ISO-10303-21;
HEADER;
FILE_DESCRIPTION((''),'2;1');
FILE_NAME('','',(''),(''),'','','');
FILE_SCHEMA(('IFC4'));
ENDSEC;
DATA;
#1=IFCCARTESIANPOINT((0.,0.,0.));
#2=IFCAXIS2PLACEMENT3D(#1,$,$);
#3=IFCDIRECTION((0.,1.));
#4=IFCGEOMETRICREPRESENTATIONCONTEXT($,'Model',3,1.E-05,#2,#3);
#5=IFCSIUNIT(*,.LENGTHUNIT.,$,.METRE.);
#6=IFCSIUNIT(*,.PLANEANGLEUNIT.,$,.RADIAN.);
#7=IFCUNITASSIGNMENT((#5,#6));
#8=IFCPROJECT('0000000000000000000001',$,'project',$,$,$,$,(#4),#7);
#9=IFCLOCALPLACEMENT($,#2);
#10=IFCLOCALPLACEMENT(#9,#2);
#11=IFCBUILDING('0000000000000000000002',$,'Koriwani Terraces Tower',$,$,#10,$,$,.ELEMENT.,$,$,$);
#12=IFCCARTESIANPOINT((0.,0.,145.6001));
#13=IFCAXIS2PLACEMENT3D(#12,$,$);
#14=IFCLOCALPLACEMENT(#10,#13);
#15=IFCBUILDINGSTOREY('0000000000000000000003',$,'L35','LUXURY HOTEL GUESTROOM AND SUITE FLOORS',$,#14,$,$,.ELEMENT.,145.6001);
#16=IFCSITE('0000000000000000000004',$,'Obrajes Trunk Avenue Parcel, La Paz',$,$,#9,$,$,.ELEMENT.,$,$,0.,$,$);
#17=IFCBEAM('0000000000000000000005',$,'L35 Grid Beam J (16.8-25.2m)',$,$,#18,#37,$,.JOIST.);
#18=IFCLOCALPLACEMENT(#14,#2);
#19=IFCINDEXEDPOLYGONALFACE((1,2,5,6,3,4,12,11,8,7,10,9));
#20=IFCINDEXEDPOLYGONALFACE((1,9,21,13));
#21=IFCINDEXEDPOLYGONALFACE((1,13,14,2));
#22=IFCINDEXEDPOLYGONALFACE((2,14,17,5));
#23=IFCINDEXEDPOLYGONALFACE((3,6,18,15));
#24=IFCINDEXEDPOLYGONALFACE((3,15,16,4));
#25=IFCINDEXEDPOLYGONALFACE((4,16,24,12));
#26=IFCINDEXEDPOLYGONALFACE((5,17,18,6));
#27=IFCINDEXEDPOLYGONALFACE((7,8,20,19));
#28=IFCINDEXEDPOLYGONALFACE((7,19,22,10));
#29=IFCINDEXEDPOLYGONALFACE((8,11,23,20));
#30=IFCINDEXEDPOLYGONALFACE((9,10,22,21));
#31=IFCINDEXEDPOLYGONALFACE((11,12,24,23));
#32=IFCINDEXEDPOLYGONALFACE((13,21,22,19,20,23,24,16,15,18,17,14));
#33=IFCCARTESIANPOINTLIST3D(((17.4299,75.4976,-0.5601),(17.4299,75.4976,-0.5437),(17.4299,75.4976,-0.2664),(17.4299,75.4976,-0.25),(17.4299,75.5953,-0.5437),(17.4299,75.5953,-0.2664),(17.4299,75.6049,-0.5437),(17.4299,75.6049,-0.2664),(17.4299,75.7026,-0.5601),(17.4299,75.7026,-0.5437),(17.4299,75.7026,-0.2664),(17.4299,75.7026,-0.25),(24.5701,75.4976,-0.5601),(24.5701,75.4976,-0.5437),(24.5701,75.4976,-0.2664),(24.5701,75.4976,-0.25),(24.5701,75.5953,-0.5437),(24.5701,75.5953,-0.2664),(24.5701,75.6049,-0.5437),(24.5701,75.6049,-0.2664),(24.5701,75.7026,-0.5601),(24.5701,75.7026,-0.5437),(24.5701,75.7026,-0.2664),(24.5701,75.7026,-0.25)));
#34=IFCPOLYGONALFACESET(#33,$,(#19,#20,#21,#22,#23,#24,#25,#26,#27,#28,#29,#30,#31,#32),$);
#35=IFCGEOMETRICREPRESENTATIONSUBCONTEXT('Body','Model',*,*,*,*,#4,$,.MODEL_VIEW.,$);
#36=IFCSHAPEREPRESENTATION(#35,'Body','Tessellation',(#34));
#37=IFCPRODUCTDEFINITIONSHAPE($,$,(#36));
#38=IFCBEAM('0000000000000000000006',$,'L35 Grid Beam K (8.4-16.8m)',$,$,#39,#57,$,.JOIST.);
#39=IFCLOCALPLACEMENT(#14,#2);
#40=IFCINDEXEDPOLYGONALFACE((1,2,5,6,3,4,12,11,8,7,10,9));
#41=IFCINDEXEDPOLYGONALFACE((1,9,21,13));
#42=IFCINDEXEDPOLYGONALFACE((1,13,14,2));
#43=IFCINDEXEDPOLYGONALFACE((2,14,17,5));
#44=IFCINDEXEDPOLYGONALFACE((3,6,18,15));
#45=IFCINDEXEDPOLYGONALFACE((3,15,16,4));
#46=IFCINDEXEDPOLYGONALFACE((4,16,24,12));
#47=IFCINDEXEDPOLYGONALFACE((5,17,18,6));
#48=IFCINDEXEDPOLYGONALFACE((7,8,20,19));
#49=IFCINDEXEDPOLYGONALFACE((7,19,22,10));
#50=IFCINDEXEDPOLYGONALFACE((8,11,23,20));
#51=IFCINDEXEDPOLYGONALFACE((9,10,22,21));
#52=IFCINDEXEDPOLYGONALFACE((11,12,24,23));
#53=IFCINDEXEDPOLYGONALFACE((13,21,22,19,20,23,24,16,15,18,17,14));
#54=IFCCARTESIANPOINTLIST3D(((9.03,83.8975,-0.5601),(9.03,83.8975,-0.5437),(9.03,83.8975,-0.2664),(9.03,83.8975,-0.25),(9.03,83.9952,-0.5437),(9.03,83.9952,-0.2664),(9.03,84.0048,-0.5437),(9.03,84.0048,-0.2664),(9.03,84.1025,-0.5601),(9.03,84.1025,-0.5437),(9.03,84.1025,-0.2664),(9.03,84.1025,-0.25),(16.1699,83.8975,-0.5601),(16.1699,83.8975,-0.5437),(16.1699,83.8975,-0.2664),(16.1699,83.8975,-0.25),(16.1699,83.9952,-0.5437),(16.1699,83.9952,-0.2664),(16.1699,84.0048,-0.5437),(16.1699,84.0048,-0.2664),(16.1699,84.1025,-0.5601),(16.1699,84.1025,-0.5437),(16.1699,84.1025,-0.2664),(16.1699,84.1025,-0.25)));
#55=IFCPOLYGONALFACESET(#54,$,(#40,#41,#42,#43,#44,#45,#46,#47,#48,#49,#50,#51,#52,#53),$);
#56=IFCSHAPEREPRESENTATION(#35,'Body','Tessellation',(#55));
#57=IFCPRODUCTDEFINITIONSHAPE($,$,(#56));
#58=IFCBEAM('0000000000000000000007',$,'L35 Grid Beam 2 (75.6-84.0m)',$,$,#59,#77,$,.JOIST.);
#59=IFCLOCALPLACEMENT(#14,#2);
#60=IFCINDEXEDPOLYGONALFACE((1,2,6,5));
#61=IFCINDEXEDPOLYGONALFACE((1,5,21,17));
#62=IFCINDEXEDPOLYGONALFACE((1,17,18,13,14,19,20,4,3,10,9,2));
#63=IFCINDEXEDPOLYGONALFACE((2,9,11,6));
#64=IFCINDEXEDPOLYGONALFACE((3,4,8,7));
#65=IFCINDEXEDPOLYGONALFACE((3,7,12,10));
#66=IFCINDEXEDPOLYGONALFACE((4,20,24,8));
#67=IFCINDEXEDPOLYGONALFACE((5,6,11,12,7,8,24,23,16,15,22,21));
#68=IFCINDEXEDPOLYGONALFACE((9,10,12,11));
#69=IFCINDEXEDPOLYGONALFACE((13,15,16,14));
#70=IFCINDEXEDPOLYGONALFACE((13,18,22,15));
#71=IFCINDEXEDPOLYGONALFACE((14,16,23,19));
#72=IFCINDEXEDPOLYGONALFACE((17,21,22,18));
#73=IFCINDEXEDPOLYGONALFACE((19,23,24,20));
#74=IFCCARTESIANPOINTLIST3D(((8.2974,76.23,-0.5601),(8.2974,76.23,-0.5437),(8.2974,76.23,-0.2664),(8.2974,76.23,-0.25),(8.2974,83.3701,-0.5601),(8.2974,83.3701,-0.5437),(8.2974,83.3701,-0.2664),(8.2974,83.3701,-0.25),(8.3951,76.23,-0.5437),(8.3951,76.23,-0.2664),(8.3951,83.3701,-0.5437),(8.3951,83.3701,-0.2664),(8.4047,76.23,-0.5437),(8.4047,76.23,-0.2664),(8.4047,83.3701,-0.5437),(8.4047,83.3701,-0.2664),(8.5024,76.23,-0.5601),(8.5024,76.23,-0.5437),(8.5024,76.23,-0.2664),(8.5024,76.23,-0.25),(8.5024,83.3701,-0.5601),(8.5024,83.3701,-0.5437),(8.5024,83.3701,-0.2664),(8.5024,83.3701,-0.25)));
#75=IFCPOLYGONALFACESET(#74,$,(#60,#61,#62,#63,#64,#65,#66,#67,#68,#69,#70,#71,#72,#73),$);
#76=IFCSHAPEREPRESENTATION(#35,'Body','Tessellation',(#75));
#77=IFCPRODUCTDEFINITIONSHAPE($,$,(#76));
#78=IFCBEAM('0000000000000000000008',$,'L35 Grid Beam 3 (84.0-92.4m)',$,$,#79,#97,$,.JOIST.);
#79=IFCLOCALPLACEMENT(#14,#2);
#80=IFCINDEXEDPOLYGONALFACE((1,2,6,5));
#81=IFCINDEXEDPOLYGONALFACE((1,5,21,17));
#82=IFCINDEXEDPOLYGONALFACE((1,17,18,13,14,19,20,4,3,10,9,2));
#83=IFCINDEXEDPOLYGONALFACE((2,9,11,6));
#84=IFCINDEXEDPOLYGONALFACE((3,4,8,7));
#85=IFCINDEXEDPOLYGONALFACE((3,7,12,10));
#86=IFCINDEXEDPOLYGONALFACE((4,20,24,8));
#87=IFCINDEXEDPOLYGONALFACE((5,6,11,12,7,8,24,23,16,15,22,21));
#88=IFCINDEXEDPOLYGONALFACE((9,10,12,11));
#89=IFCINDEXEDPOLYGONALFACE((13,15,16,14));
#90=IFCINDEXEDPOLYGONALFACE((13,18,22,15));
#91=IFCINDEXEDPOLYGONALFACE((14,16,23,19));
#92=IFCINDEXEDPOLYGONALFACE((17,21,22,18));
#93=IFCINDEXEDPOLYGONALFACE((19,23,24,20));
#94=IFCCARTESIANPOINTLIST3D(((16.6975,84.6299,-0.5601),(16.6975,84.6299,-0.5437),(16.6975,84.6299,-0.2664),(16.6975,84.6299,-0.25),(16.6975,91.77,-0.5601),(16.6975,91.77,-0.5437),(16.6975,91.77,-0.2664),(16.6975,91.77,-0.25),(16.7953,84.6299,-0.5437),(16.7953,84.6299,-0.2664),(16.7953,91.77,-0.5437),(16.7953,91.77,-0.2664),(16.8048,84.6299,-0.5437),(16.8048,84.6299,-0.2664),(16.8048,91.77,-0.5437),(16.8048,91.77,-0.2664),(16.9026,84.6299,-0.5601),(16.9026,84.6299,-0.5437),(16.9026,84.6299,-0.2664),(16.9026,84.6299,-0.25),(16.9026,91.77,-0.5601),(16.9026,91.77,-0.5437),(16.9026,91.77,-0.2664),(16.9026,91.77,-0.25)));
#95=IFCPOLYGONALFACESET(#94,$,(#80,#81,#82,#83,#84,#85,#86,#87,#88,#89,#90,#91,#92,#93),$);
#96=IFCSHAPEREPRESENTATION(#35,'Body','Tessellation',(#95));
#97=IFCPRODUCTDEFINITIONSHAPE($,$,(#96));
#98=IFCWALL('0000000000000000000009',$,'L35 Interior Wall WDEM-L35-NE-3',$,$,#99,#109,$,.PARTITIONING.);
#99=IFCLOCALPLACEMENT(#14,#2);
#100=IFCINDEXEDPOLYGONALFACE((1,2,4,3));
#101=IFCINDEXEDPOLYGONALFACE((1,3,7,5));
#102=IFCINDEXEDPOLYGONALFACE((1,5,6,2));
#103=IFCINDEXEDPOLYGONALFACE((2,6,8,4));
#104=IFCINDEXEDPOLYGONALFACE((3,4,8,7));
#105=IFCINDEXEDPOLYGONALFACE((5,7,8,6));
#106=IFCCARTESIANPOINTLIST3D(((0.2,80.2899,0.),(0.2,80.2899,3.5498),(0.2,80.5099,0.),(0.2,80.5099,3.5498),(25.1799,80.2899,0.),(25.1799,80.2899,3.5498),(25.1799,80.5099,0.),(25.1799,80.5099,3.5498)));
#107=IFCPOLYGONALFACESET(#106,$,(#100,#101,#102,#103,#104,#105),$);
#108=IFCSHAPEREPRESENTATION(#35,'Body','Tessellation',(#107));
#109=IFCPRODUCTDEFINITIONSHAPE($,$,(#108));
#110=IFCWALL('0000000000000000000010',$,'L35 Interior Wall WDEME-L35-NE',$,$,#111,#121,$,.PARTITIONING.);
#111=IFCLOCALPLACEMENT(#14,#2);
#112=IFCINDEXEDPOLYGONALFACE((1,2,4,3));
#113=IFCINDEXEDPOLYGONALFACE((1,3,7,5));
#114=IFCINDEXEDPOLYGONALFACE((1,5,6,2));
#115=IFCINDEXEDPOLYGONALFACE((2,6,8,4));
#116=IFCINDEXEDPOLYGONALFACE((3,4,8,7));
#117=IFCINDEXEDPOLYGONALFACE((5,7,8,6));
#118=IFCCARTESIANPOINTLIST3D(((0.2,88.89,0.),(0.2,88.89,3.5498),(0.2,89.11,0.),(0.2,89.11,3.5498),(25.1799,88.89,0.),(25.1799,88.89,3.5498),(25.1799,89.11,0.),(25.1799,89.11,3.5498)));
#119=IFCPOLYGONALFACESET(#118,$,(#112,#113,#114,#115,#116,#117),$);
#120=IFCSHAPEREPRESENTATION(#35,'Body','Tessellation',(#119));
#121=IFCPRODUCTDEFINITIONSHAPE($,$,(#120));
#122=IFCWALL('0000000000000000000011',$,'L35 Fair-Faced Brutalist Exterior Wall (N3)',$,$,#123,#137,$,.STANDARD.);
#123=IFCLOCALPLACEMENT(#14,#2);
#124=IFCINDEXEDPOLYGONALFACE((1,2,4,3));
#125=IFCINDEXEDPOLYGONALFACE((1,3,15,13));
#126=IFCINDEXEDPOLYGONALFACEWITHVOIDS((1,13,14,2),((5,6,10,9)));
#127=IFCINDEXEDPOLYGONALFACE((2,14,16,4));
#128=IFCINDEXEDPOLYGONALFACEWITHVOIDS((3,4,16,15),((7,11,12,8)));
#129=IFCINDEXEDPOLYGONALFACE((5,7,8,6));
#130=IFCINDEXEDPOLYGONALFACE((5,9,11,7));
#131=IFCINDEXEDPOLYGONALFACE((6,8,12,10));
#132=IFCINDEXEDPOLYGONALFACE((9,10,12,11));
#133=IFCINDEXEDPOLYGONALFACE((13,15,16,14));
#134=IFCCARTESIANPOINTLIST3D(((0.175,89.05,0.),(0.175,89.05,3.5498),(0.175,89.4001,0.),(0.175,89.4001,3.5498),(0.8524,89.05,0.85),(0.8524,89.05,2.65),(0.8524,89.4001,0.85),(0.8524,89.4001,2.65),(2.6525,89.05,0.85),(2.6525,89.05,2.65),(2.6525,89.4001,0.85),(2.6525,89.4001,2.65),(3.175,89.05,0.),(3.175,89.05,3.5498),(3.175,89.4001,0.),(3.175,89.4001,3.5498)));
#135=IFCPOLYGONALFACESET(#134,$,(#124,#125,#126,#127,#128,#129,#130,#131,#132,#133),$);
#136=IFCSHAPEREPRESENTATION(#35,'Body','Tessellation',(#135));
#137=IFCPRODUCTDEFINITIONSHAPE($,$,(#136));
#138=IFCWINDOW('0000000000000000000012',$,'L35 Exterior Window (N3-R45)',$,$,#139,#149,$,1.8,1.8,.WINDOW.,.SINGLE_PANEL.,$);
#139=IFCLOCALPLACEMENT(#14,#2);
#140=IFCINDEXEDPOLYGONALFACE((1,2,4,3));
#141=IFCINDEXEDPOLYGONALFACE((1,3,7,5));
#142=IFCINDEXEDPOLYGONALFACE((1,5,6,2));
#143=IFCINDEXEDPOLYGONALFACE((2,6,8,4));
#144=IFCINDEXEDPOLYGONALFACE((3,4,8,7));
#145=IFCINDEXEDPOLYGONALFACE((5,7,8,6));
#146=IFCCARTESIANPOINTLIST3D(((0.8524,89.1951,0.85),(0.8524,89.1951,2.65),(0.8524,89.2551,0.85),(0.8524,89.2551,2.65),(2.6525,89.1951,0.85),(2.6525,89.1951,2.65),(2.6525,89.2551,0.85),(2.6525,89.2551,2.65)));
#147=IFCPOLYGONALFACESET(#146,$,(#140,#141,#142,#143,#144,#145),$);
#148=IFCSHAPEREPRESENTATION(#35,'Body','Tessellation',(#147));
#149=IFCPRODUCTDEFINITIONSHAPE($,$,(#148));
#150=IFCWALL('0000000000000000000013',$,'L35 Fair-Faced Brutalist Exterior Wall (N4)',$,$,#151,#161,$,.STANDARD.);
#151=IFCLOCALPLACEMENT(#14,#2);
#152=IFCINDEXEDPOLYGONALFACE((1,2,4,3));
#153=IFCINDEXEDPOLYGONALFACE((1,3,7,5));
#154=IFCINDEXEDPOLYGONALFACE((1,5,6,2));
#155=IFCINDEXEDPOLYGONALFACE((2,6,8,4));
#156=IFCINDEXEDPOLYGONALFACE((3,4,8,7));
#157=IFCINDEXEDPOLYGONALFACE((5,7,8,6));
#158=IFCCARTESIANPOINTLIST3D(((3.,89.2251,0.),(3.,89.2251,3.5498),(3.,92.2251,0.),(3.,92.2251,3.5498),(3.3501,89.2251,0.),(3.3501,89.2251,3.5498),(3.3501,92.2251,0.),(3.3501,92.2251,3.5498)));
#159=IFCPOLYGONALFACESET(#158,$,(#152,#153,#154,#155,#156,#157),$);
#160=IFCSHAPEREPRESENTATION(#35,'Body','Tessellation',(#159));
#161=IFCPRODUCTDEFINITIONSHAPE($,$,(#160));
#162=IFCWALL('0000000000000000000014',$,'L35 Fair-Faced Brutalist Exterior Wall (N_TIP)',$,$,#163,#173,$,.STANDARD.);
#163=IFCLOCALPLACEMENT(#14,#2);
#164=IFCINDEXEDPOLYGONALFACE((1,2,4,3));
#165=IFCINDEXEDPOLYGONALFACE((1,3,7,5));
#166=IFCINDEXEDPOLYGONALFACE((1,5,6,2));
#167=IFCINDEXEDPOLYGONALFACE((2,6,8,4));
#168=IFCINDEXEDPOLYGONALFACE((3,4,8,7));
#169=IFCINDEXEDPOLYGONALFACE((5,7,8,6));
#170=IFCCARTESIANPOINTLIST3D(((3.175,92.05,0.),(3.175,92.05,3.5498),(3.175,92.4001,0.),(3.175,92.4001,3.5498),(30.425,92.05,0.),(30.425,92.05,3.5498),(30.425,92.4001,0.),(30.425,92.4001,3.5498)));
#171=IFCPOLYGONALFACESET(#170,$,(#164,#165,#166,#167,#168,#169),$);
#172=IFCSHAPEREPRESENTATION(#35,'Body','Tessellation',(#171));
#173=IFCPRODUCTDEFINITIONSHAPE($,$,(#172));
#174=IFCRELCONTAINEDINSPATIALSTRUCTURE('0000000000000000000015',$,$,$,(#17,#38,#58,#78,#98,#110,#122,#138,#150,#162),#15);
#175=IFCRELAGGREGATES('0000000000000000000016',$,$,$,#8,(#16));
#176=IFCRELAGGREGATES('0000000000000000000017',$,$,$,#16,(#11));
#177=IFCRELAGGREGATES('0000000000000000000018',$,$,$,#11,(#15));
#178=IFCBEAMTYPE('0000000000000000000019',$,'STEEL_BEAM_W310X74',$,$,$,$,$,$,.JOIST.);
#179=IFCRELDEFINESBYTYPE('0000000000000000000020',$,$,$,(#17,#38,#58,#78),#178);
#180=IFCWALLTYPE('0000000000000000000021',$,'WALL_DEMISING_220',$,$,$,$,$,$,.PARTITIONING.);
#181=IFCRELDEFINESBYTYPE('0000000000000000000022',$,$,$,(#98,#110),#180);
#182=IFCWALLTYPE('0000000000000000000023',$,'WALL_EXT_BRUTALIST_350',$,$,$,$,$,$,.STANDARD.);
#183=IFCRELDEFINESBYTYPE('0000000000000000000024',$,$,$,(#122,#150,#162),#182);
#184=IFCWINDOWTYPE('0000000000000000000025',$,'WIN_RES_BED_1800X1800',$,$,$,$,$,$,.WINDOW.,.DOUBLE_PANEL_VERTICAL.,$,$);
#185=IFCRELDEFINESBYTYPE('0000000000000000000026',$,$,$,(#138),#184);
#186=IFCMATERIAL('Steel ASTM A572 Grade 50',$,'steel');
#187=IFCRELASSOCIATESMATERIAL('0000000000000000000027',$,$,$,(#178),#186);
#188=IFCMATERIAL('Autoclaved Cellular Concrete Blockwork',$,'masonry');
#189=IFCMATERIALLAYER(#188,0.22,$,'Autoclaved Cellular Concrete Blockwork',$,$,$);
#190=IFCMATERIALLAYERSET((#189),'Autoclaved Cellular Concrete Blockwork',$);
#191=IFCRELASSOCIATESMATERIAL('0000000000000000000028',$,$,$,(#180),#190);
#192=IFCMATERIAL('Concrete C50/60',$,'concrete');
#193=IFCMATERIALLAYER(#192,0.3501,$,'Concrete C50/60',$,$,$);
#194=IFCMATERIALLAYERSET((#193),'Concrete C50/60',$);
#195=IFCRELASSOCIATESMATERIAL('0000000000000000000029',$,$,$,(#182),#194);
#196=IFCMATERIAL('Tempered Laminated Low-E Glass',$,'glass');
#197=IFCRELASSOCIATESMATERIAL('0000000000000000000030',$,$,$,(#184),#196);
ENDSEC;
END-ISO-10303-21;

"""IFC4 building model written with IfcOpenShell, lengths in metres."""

from ifc_helpers import new_model, si_unit, direction, frame, frame_2d, origin, origin_2d, place, context, subcontext, project, spatial, rectangle, i_section, extrude, material, layer, layer_set, material_profile, profile_set, type_object, element, fill, save


model = new_model("IFC4")

# Units and contexts
model_context = context("Model", 3, precision=1e-05, world=origin(), true_north=direction((0.0, 1.0)))
body_context = subcontext(model_context, "Body", "Model", "MODEL_VIEW")
ifc_project = project(units=[si_unit("LENGTHUNIT", "METRE"), si_unit("PLANEANGLEUNIT", "RADIAN")], contexts=[model_context])

# Site, building, storey
site_placement = place(None, origin())
site = spatial("IfcSite", under=ifc_project, at=site_placement, Name="Obrajes Trunk Avenue Parcel, La Paz", CompositionType="ELEMENT", RefElevation=0.0)
building_placement = place(site_placement, origin())
building = spatial("IfcBuilding", under=site, at=building_placement, Name="Koriwani Terraces Tower", CompositionType="ELEMENT")
storey_placement = place(building_placement, frame((0.0, 0.0, 145.6001)))
storey = spatial("IfcBuildingStorey", under=building, at=storey_placement, Name="L35", Description="LUXURY HOTEL GUESTROOM AND SUITE FLOORS", CompositionType="ELEMENT", Elevation=145.6001)

# Beams
ifc_material_1 = material(Name="Concrete C50/60", Category="concrete")
ifc_material_2 = material(Name="Steel ASTM A572 Grade 50", Category="steel")
ifc_material_profile_1 = material_profile(ifc_material_2, i_section(OverallWidth=0.2051, OverallDepth=0.3101, WebThickness=0.0095, FlangeThickness=0.0164, at=origin_2d()), Name="Steel ASTM A572 Grade 50", Category="LoadBearing")
ifc_profile_set_1 = profile_set([ifc_material_profile_1], Name="Steel ASTM A572 Grade 50")
beam_type_1 = type_object("IfcBeamType", Name="STEEL_BEAM_W310X74", PredefinedType="JOIST", material=ifc_profile_set_1)
for number, where, z_axis, x_axis, name in (
    (1, (17.4299, 75.6001, -0.405), (1.0, 0.0, 0.0), (0.0, 1.0, 0.0), "L35 Grid Beam J (16.8-25.2m)"),
):
    element("IfcBeam", number, at=place(storey_placement, frame(where, z_axis=z_axis, x_axis=x_axis)), inside=storey, type_object=beam_type_1, Name=name, PredefinedType="JOIST", context=body_context, shape_type="SweptSolid", body=[
        extrude(i_section(OverallWidth=0.2051, OverallDepth=0.3101, WebThickness=0.0095, FlangeThickness=0.0164, at=origin_2d()), origin(), (0.0, 0.0, 1.0), 7.1401),
    ])
beam_1_placement = place(storey_placement, frame((9.03, 84.0, -0.405), z_axis=(1.0, 0.0, 0.0), x_axis=(0.0, 1.0, 0.0)))
element("IfcBeam", 2, at=beam_1_placement, inside=storey, type_object=beam_type_1, Name="L35 Grid Beam K (8.4-16.8m)", PredefinedType="JOIST", context=body_context, shape_type="SweptSolid", body=[
    extrude(i_section(OverallWidth=0.2051, OverallDepth=0.3101, WebThickness=0.0095, FlangeThickness=0.0164, at=origin_2d()), origin(), (0.0, 0.0, 1.0), 7.1399),
])
for number, where, z_axis, x_axis, name in (
    (3, (8.3999, 76.23, -0.405), (0.0, 1.0, 0.0), (-1.0, 0.0, 0.0), "L35 Grid Beam 2 (75.6-84.0m)"),
    (4, (16.8, 84.6299, -0.405), (0.0, 1.0, 0.0), (-1.0, 0.0, 0.0), "L35 Grid Beam 3 (84.0-92.4m)"),
):
    element("IfcBeam", number, at=place(storey_placement, frame(where, z_axis=z_axis, x_axis=x_axis)), inside=storey, type_object=beam_type_1, Name=name, PredefinedType="JOIST", context=body_context, shape_type="SweptSolid", body=[
        extrude(i_section(OverallWidth=0.2051, OverallDepth=0.3101, WebThickness=0.0095, FlangeThickness=0.0164, at=origin_2d()), origin(), (0.0, 0.0, 1.0), 7.1401),
    ])

# Walls
ifc_material_3 = material(Name="Autoclaved Cellular Concrete Blockwork", Category="masonry")
ifc_layer_1 = layer(ifc_material_3, 0.22, Name="Autoclaved Cellular Concrete Blockwork")
ifc_layer_set_1 = layer_set([ifc_layer_1], Name="Autoclaved Cellular Concrete Blockwork")
wall_type_1 = type_object("IfcWallType", Name="WALL_DEMISING_220", PredefinedType="PARTITIONING", material=ifc_layer_set_1)
for number, where, z_axis, x_axis, name in (
    (5, (0.2, 80.3999, 0.0), (0.0, 0.0, 1.0), (1.0, 0.0, 0.0), "L35 Interior Wall WDEM-L35-NE-3"),
    (6, (0.2, 89.0, 0.0), (0.0, 0.0, 1.0), (1.0, 0.0, 0.0), "L35 Interior Wall WDEME-L35-NE"),
):
    element("IfcWall", number, at=place(storey_placement, frame(where, z_axis=z_axis, x_axis=x_axis)), inside=storey, type_object=wall_type_1, Name=name, PredefinedType="PARTITIONING", context=body_context, shape_type="SweptSolid", body=[
        extrude(rectangle(XDim=24.98, YDim=0.22, at=frame_2d((12.49, 0.0))), origin(), (0.0, 0.0, 1.0), 3.5498),
    ])

# Wall, opening, window
ifc_layer_2 = layer(ifc_material_1, 0.3501, Name="Concrete C50/60")
ifc_layer_set_2 = layer_set([ifc_layer_2], Name="Concrete C50/60")
wall_type_2 = type_object("IfcWallType", Name="WALL_EXT_BRUTALIST_350", PredefinedType="STANDARD", material=ifc_layer_set_2)
wall_1_placement = place(storey_placement, frame((0.175, 89.2251, 0.0), z_axis=(0.0, 0.0, 1.0), x_axis=(1.0, 0.0, 0.0)))
wall_1 = element("IfcWall", 7, at=wall_1_placement, inside=storey, type_object=wall_type_2, Name="L35 Fair-Faced Brutalist Exterior Wall (N3)", PredefinedType="STANDARD", context=body_context, shape_type="SweptSolid", body=[
    extrude(rectangle(XDim=3.0, YDim=0.3501, at=frame_2d((1.5, 0.0))), origin(), (0.0, 0.0, 1.0), 3.5498),
])
opening_placement = place(wall_1_placement, frame((0.6775, 0.0, 0.8501)))
opening = element("IfcOpeningElement", 8, at=opening_placement, cuts=wall_1, PredefinedType="OPENING", context=body_context, shape_type="SweptSolid", body=[
    extrude(rectangle(XDim=1.8, YDim=1.8, at=frame_2d((0.8999, 0.8999))), frame((0.0, 0.1851, 0.0), z_axis=(0.0, -1.0, 0.0), x_axis=(1.0, 0.0, 0.0)), (0.0, 0.0, 1.0), 0.3701),
])
ifc_material_4 = material(Name="Tempered Laminated Low-E Glass", Category="glass")
window_type = type_object("IfcWindowType", Name="WIN_RES_BED_1800X1800", PartitioningType="DOUBLE_PANEL_VERTICAL", PredefinedType="WINDOW", material=ifc_material_4)
window_placement = place(opening_placement, origin())
window = element("IfcWindow", 9, at=window_placement, inside=storey, type_object=window_type, Name="L35 Exterior Window (N3-R45)", OverallHeight=1.8, OverallWidth=1.8, PartitioningType="SINGLE_PANEL", PredefinedType="WINDOW", context=body_context, shape_type="SweptSolid", body=[
    extrude(rectangle(XDim=1.8, YDim=1.8, at=frame_2d((0.8999, 0.8999))), frame((0.0, 0.03, 0.0), z_axis=(0.0, -1.0, 0.0), x_axis=(1.0, 0.0, 0.0)), (0.0, 0.0, 1.0), 0.0601),
])
fill(opening, window)

# Walls
wall_2_placement = place(storey_placement, frame((3.175, 89.2251, 0.0), z_axis=(0.0, 0.0, 1.0), x_axis=(0.0, 1.0, 0.0)))
element("IfcWall", 10, at=wall_2_placement, inside=storey, type_object=wall_type_2, Name="L35 Fair-Faced Brutalist Exterior Wall (N4)", PredefinedType="STANDARD", context=body_context, shape_type="SweptSolid", body=[
    extrude(rectangle(XDim=3.0, YDim=0.3501, at=frame_2d((1.5, 0.0))), origin(), (0.0, 0.0, 1.0), 3.5498),
])
wall_3_placement = place(storey_placement, frame((3.175, 92.2251, 0.0), z_axis=(0.0, 0.0, 1.0), x_axis=(1.0, 0.0, 0.0)))
element("IfcWall", 11, at=wall_3_placement, inside=storey, type_object=wall_type_2, Name="L35 Fair-Faced Brutalist Exterior Wall (N_TIP)", PredefinedType="STANDARD", context=body_context, shape_type="SweptSolid", body=[
    extrude(rectangle(XDim=27.25, YDim=0.3501, at=frame_2d((13.625, 0.0))), origin(), (0.0, 0.0, 1.0), 3.5498),
])

save(model, "model.ifc")
